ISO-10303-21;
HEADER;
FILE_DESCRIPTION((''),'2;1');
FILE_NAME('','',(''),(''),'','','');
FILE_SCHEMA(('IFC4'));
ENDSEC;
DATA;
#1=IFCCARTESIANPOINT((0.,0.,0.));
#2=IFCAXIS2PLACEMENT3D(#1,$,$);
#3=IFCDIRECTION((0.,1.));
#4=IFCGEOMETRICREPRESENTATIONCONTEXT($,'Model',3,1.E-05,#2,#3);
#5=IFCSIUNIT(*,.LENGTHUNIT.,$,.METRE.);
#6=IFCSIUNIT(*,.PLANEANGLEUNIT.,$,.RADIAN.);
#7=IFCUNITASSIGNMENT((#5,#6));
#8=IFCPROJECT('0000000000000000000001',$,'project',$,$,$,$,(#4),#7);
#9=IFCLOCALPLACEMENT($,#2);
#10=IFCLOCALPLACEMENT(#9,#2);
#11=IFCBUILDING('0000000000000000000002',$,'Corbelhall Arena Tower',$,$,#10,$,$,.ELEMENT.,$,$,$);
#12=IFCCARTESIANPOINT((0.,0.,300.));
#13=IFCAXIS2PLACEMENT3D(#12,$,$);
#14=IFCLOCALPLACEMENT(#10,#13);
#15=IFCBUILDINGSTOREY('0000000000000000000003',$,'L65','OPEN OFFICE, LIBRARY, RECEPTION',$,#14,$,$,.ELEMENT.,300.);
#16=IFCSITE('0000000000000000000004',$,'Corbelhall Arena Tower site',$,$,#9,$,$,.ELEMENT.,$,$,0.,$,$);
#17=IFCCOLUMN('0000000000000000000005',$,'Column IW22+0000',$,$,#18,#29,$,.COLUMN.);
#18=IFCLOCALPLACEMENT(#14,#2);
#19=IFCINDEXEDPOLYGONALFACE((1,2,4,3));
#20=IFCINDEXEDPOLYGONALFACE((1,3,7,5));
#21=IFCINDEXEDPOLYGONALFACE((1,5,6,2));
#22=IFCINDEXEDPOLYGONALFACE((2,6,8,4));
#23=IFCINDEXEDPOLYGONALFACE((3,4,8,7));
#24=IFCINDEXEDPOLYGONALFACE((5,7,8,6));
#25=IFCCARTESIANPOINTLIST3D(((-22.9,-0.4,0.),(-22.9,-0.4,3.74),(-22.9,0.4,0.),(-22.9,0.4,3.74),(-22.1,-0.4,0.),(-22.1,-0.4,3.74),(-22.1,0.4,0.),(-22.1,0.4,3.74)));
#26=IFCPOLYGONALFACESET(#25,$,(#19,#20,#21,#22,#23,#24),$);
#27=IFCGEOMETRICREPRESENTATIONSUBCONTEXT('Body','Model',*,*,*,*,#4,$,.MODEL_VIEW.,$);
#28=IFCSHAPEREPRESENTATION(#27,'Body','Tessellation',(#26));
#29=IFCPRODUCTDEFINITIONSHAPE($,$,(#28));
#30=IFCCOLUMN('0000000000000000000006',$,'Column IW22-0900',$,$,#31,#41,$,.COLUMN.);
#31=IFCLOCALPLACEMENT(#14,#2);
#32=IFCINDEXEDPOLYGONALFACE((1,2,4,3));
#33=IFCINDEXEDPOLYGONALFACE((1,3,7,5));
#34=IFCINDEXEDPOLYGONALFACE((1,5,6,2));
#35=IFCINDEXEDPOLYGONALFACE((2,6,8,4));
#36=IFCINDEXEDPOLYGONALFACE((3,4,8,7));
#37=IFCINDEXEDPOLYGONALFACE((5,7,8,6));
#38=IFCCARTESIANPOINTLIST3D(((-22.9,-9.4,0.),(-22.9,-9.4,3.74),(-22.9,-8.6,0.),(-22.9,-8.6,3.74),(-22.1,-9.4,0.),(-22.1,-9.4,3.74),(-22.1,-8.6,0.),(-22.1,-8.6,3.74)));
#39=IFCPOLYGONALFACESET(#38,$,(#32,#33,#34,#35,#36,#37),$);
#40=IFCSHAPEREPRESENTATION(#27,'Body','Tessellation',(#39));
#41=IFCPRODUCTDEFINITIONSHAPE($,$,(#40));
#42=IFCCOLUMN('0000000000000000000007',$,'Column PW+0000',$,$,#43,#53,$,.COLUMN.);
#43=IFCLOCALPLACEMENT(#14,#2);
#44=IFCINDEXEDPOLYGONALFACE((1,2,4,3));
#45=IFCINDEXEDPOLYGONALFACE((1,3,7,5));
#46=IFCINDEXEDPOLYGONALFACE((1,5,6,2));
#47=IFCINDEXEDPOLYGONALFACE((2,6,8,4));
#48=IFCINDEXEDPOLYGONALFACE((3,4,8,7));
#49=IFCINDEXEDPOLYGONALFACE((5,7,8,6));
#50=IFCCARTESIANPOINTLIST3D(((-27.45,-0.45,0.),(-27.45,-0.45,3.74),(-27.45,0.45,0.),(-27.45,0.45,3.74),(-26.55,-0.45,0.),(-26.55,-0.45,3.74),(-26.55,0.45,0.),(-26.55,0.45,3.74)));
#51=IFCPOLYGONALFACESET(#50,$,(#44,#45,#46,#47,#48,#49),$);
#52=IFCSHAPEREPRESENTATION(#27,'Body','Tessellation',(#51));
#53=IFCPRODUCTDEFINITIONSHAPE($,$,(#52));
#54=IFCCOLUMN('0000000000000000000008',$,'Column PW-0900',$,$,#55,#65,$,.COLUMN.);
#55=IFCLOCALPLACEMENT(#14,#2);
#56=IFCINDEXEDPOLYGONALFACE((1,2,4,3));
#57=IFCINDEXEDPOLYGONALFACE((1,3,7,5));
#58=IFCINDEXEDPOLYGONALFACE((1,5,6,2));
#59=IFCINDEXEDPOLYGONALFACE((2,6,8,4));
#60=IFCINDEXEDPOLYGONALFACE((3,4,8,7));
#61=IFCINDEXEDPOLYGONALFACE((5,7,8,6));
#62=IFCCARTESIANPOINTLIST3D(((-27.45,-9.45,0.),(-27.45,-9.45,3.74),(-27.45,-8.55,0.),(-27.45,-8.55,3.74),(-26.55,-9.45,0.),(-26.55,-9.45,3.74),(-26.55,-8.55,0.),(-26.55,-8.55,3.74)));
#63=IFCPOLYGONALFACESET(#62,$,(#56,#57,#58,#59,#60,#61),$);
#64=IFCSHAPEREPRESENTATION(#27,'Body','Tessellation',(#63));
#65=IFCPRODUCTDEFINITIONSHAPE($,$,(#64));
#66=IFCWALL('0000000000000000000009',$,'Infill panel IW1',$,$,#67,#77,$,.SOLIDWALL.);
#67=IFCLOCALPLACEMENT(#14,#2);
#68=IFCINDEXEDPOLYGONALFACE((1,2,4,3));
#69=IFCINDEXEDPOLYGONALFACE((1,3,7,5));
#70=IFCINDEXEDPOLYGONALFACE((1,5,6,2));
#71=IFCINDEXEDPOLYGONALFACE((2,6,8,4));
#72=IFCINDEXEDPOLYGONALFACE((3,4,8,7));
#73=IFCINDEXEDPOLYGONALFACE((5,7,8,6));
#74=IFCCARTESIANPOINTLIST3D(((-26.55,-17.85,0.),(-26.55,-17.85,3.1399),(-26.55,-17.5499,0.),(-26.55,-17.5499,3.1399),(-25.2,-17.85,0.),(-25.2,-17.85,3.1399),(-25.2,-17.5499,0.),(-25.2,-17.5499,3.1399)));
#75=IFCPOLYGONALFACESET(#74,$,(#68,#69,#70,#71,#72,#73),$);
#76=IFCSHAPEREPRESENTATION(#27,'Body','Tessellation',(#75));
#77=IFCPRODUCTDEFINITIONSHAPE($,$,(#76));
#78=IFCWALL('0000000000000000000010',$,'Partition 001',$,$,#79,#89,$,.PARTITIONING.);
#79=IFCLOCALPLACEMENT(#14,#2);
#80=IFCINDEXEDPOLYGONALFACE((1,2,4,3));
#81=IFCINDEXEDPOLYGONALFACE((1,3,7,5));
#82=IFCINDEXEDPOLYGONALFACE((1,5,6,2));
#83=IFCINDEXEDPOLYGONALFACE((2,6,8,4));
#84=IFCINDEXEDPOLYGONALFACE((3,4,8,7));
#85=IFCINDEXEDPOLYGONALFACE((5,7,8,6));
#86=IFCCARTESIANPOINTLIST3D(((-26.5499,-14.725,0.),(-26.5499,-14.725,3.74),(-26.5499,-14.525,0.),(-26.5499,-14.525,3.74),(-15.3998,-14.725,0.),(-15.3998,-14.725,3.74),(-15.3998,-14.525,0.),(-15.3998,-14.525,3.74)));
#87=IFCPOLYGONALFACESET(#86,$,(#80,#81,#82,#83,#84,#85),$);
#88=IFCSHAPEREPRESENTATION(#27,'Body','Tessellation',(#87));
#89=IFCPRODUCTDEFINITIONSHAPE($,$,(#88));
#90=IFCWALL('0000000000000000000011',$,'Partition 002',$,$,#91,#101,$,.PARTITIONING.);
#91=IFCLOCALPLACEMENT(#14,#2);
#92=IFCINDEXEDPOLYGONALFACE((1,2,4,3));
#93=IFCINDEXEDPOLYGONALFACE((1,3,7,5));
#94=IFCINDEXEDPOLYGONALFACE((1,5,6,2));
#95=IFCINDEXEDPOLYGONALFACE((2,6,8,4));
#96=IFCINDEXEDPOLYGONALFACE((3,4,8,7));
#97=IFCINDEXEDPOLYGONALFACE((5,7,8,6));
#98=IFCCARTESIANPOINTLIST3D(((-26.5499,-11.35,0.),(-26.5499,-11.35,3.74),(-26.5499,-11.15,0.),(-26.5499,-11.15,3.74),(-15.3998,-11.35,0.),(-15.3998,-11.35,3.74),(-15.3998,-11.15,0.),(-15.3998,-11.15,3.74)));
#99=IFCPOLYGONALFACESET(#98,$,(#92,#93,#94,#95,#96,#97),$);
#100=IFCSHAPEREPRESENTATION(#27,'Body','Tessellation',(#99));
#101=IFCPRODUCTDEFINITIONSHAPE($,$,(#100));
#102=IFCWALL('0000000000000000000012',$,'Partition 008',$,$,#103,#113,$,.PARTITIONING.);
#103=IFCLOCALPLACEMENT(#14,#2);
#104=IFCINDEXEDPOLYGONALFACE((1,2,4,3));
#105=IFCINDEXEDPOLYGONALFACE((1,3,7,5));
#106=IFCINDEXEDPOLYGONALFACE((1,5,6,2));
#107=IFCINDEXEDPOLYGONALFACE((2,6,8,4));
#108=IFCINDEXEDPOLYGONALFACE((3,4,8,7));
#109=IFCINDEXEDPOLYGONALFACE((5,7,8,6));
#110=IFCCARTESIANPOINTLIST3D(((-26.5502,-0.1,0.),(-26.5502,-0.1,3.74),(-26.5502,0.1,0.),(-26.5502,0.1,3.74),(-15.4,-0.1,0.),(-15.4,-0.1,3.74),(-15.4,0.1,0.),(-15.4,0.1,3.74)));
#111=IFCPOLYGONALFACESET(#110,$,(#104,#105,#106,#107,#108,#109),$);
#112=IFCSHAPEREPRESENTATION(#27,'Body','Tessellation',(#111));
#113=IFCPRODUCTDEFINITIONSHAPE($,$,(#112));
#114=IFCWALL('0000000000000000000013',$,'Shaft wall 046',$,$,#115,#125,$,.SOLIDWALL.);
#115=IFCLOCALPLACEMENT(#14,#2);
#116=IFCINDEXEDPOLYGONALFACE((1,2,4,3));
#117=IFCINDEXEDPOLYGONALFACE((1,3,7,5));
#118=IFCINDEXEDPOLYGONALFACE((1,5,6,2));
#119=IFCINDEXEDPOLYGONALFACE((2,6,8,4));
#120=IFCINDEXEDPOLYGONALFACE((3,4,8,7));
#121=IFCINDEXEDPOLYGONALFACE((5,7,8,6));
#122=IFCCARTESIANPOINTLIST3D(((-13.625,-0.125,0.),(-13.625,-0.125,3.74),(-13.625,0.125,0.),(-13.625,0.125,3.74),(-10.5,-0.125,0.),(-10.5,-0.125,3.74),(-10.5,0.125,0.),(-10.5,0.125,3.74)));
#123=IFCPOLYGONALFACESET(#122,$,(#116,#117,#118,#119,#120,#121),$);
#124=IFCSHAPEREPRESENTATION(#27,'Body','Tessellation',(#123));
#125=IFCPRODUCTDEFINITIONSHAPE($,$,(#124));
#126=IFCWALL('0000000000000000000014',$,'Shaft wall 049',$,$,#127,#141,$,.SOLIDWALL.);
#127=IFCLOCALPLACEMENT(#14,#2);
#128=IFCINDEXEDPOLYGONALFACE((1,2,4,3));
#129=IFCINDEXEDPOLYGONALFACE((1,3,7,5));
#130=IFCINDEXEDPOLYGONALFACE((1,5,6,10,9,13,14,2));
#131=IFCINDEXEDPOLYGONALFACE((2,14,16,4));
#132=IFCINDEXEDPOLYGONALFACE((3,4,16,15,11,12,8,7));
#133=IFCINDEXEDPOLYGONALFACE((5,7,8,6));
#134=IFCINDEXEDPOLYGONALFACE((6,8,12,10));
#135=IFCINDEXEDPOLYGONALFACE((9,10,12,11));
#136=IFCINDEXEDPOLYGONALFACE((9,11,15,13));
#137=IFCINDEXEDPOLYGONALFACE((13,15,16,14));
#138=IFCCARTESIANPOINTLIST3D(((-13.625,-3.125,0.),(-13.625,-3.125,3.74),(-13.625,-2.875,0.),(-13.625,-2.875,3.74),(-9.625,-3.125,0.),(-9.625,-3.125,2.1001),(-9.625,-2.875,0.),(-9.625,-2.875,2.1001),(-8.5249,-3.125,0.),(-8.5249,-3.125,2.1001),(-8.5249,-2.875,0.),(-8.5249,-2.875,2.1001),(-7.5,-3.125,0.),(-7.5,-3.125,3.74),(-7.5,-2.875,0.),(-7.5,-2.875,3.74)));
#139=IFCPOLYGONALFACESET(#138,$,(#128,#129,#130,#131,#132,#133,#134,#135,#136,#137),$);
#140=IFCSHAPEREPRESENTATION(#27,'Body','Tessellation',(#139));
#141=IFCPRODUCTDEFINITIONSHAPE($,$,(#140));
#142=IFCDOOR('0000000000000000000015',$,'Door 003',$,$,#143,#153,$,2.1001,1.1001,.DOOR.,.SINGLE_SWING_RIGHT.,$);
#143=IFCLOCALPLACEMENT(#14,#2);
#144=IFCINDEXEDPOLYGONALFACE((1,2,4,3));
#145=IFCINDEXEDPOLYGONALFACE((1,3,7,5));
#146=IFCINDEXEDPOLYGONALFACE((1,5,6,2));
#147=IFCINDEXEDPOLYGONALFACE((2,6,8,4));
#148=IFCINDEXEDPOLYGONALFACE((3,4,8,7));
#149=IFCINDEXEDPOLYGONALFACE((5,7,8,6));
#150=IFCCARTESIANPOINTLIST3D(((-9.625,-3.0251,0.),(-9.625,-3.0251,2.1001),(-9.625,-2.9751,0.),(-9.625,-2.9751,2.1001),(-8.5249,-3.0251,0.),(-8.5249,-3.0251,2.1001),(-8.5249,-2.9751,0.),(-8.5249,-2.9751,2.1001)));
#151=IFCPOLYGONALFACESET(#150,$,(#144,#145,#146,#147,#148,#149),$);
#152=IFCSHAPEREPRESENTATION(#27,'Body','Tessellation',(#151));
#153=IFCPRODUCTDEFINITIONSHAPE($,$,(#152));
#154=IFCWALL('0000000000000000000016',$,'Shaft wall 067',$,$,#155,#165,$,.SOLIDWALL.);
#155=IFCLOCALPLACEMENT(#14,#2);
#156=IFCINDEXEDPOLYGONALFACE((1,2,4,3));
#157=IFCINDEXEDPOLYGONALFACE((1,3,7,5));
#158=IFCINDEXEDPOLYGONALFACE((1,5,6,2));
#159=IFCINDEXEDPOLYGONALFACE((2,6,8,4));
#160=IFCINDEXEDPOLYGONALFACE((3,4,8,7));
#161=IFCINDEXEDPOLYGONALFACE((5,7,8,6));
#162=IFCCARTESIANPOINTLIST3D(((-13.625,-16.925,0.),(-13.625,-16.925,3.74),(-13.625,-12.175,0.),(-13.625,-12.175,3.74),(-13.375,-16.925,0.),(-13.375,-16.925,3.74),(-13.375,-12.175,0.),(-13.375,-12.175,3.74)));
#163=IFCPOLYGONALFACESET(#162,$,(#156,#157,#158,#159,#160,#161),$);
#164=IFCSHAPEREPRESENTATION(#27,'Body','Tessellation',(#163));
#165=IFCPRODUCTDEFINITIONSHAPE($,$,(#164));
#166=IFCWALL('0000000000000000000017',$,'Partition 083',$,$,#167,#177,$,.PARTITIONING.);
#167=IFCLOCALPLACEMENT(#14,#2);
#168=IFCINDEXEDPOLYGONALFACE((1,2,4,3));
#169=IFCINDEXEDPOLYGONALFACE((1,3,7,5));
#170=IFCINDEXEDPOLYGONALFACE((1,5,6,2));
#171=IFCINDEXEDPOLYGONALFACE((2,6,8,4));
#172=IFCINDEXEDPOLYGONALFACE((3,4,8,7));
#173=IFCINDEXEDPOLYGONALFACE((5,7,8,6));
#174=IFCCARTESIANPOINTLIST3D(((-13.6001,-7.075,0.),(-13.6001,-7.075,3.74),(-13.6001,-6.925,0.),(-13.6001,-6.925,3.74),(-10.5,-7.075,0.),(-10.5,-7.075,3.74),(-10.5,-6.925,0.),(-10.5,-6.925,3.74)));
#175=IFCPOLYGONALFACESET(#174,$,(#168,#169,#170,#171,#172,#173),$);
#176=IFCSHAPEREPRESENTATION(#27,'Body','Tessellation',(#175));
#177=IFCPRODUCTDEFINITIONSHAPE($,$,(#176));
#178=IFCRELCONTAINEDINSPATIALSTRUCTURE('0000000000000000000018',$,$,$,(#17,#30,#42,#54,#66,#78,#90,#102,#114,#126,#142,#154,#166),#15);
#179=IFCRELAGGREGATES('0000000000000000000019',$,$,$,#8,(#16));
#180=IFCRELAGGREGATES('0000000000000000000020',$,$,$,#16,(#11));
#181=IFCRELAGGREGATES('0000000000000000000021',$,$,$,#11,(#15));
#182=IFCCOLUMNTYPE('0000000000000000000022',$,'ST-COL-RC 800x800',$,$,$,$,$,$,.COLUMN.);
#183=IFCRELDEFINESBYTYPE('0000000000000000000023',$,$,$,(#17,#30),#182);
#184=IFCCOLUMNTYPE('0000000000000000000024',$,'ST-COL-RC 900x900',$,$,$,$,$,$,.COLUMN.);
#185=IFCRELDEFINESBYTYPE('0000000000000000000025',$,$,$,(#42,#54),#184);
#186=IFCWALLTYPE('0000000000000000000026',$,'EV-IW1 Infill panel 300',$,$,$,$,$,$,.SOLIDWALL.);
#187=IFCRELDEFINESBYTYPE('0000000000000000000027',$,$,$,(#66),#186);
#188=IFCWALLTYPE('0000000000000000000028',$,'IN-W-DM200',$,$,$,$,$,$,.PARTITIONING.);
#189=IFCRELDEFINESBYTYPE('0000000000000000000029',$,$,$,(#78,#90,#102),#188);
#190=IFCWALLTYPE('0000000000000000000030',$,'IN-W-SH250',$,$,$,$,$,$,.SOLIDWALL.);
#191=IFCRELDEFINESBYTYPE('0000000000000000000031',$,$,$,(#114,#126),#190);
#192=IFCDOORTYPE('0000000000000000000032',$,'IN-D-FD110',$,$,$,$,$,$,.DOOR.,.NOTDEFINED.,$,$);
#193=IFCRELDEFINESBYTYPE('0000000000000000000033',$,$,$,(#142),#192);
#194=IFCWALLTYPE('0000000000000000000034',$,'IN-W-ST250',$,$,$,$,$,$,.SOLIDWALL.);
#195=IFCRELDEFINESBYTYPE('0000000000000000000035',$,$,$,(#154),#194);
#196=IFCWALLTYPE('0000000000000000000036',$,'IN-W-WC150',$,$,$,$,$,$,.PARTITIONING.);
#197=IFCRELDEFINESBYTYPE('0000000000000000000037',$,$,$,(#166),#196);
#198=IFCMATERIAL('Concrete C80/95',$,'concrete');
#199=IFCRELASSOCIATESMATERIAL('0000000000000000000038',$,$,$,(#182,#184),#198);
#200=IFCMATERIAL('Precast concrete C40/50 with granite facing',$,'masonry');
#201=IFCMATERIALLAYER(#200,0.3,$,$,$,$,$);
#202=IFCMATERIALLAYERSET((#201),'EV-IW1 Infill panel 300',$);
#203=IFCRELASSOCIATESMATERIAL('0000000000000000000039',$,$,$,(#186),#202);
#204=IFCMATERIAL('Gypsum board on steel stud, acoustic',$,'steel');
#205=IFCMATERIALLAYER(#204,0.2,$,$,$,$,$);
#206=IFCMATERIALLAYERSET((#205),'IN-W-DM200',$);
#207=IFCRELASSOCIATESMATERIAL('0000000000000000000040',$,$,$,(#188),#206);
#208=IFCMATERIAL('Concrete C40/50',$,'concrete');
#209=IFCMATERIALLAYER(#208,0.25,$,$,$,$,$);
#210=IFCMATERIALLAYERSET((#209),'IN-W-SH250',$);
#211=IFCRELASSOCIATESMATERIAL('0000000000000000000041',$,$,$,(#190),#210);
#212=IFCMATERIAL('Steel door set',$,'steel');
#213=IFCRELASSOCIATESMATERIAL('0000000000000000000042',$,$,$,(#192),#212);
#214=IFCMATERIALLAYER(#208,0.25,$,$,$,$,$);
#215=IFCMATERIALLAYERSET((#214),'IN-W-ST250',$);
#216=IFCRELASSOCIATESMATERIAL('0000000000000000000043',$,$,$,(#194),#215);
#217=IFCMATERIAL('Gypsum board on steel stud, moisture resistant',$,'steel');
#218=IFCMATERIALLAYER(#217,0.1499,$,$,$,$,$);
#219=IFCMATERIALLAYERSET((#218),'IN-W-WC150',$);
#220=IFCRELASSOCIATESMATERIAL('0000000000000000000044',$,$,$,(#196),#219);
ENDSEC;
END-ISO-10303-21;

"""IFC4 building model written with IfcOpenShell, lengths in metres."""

from ifc_helpers import new_model, si_unit, direction, frame, frame_2d, origin, origin_2d, place, context, subcontext, project, spatial, rectangle, extrude, material, layer, layer_set, material_profile, profile_set, type_object, element, fill, save


model = new_model("IFC4")

# Units and contexts
model_context = context("Model", 3, precision=1e-05, world=origin(), true_north=direction((0.0, 1.0)))
body_context = subcontext(model_context, "Body", "Model", "MODEL_VIEW")
ifc_project = project(units=[si_unit("LENGTHUNIT", "METRE"), si_unit("PLANEANGLEUNIT", "RADIAN")], contexts=[model_context])

# Site, building, storey
site_placement = place(None, origin())
site = spatial("IfcSite", under=ifc_project, at=site_placement, Name="Corbelhall Arena Tower site", CompositionType="ELEMENT", RefElevation=0.0)
building_placement = place(site_placement, origin())
building = spatial("IfcBuilding", under=site, at=building_placement, Name="Corbelhall Arena Tower", CompositionType="ELEMENT")
storey_placement = place(building_placement, frame((0.0, 0.0, 300.0)))
storey = spatial("IfcBuildingStorey", under=building, at=storey_placement, Name="L65", Description="OPEN OFFICE, LIBRARY, RECEPTION", CompositionType="ELEMENT", Elevation=300.0)

# Columns
ifc_material_1 = material(Name="Concrete C80/95", Category="concrete")
ifc_material_profile_1 = material_profile(ifc_material_1, rectangle(XDim=0.8, YDim=0.8, at=origin_2d()))
ifc_profile_set_1 = profile_set([ifc_material_profile_1], Name="Concrete C80/95")
column_type_1 = type_object("IfcColumnType", Name="ST-COL-RC 800x800", PredefinedType="COLUMN", material=ifc_profile_set_1)
for number, where, z_axis, x_axis, name in (
    (1, (-22.5, 0.0, 0.0), (0.0, 0.0, 1.0), (1.0, 0.0, 0.0), "Column IW22+0000"),
    (2, (-22.5, -9.0, 0.0), (0.0, 0.0, 1.0), (1.0, 0.0, 0.0), "Column IW22-0900"),
):
    element("IfcColumn", number, at=place(storey_placement, frame(where, z_axis=z_axis, x_axis=x_axis)), inside=storey, type_object=column_type_1, Name=name, PredefinedType="COLUMN", context=body_context, shape_type="SweptSolid", body=[
        extrude(rectangle(XDim=0.8, YDim=0.8, at=origin_2d()), origin(), (0.0, 0.0, 1.0), 3.74),
    ])
ifc_material_profile_2 = material_profile(ifc_material_1, rectangle(XDim=0.8999, YDim=0.8999, at=origin_2d()))
ifc_profile_set_2 = profile_set([ifc_material_profile_2], Name="Concrete C80/95")
column_type_2 = type_object("IfcColumnType", Name="ST-COL-RC 900x900", PredefinedType="COLUMN", material=ifc_profile_set_2)
for number, where, z_axis, x_axis, name in (
    (3, (-27.0, 0.0, 0.0), (0.0, 0.0, 1.0), (0.0, 1.0, 0.0), "Column PW+0000"),
    (4, (-27.0, -9.0, 0.0), (0.0, 0.0, 1.0), (0.0, 1.0, 0.0), "Column PW-0900"),
):
    element("IfcColumn", number, at=place(storey_placement, frame(where, z_axis=z_axis, x_axis=x_axis)), inside=storey, type_object=column_type_2, Name=name, PredefinedType="COLUMN", context=body_context, shape_type="SweptSolid", body=[
        extrude(rectangle(XDim=0.8999, YDim=0.8999, at=origin_2d()), origin(), (0.0, 0.0, 1.0), 3.74),
    ])

# Shared definitions
ifc_material_2 = material(Name="Precast concrete C40/50 with granite facing", Category="masonry")
ifc_layer_1 = layer(ifc_material_2, 0.3)
ifc_layer_set_1 = layer_set([ifc_layer_1], Name="EV-IW1 Infill panel 300")
wall_type_1 = type_object("IfcWallType", Name="EV-IW1 Infill panel 300", PredefinedType="SOLIDWALL", material=ifc_layer_set_1)

# Walls
wall_1_placement = place(storey_placement, frame((-26.55, -17.7, 0.0), z_axis=(0.0, 0.0, 1.0), x_axis=(1.0, 0.0, 0.0)))
element("IfcWall", 5, at=wall_1_placement, inside=storey, type_object=wall_type_1, Name="Infill panel IW1", PredefinedType="SOLIDWALL", context=body_context, shape_type="SweptSolid", body=[
    extrude(rectangle(XDim=1.3501, YDim=0.3, at=frame_2d((0.675, 0.0))), origin(), (0.0, 0.0, 1.0), 3.1399),
])
ifc_material_3 = material(Name="Gypsum board on steel stud, acoustic", Category="steel")
ifc_layer_2 = layer(ifc_material_3, 0.2)
ifc_layer_set_2 = layer_set([ifc_layer_2], Name="IN-W-DM200")
wall_type_2 = type_object("IfcWallType", Name="IN-W-DM200", PredefinedType="PARTITIONING", material=ifc_layer_set_2)
for number, where, z_axis, x_axis, name in (
    (6, (-26.55, -14.625, 0.0), (0.0, 0.0, 1.0), (1.0, 0.0, 0.0), "Partition 001"),
    (7, (-26.55, -11.25, 0.0), (0.0, 0.0, 1.0), (1.0, 0.0, 0.0), "Partition 002"),
):
    element("IfcWall", number, at=place(storey_placement, frame(where, z_axis=z_axis, x_axis=x_axis)), inside=storey, type_object=wall_type_2, Name=name, PredefinedType="PARTITIONING", context=body_context, shape_type="SweptSolid", body=[
        extrude(rectangle(XDim=11.1501, YDim=0.2, at=frame_2d((5.5752, 0.0))), origin(), (0.0, 0.0, 1.0), 3.74),
    ])

# Shared definitions
ifc_material_4 = material(Name="Steel door set", Category="steel")

# Wall
wall_2_placement = place(storey_placement, frame((-15.3999, 0.0, 0.0), z_axis=(0.0, 0.0, 1.0), x_axis=(-1.0, 0.0, 0.0)))
element("IfcWall", 8, at=wall_2_placement, inside=storey, type_object=wall_type_2, Name="Partition 008", PredefinedType="PARTITIONING", context=body_context, shape_type="SweptSolid", body=[
    extrude(rectangle(XDim=11.1501, YDim=0.2, at=frame_2d((5.5752, 0.0))), origin(), (0.0, 0.0, 1.0), 3.74),
])

# Wall
ifc_material_5 = material(Name="Concrete C40/50", Category="concrete")
ifc_layer_3 = layer(ifc_material_5, 0.25)
ifc_layer_set_3 = layer_set([ifc_layer_3], Name="IN-W-SH250")
wall_type_3 = type_object("IfcWallType", Name="IN-W-SH250", PredefinedType="SOLIDWALL", material=ifc_layer_set_3)
wall_3_placement = place(storey_placement, frame((-13.625, 0.0, 0.0), z_axis=(0.0, 0.0, 1.0), x_axis=(1.0, 0.0, 0.0)))
element("IfcWall", 9, at=wall_3_placement, inside=storey, type_object=wall_type_3, Name="Shaft wall 046", PredefinedType="SOLIDWALL", context=body_context, shape_type="SweptSolid", body=[
    extrude(rectangle(XDim=3.125, YDim=0.25, at=frame_2d((1.5625, 0.0))), origin(), (0.0, 0.0, 1.0), 3.74),
])

# Wall, opening, door
wall_4_placement = place(storey_placement, frame((-13.625, -3.0, 0.0), z_axis=(0.0, 0.0, 1.0), x_axis=(1.0, 0.0, 0.0)))
wall_4 = element("IfcWall", 10, at=wall_4_placement, inside=storey, type_object=wall_type_3, Name="Shaft wall 049", PredefinedType="SOLIDWALL", context=body_context, shape_type="SweptSolid", body=[
    extrude(rectangle(XDim=6.125, YDim=0.25, at=frame_2d((3.0625, 0.0))), origin(), (0.0, 0.0, 1.0), 3.74),
])
opening_1_placement = place(wall_4_placement, frame((4.0, 0.0, 0.0)))
opening_1 = element("IfcOpeningElement", 11, at=opening_1_placement, cuts=wall_4, PredefinedType="OPENING", context=body_context, shape_type="SweptSolid", body=[
    extrude(rectangle(XDim=1.1001, YDim=2.1001, at=frame_2d((0.55, 1.05))), frame((0.0, 0.125, 0.0), z_axis=(0.0, -1.0, 0.0), x_axis=(1.0, 0.0, 0.0)), (0.0, 0.0, 1.0), 0.25),
])
door_type_1 = type_object("IfcDoorType", Name="IN-D-FD110", OperationType="NOTDEFINED", PredefinedType="DOOR", material=ifc_material_4)
door_1_placement = place(opening_1_placement, origin())
door_1 = element("IfcDoor", 12, at=door_1_placement, inside=storey, type_object=door_type_1, Name="Door 003", OperationType="SINGLE_SWING_RIGHT", OverallHeight=2.1001, OverallWidth=1.1001, PredefinedType="DOOR", context=body_context, shape_type="SweptSolid", body=[
    extrude(rectangle(XDim=1.1001, YDim=2.1001, at=frame_2d((0.55, 1.05))), frame((0.0, 0.0249, 0.0), z_axis=(0.0, -1.0, 0.0), x_axis=(1.0, 0.0, 0.0)), (0.0, 0.0, 1.0), 0.05),
])
fill(opening_1, door_1)

# Walls
ifc_layer_4 = layer(ifc_material_5, 0.25)
ifc_layer_set_4 = layer_set([ifc_layer_4], Name="IN-W-ST250")
wall_type_4 = type_object("IfcWallType", Name="IN-W-ST250", PredefinedType="SOLIDWALL", material=ifc_layer_set_4)
wall_5_placement = place(storey_placement, frame((-13.5, -12.175, 0.0), z_axis=(0.0, 0.0, 1.0), x_axis=(0.0, -1.0, 0.0)))
element("IfcWall", 13, at=wall_5_placement, inside=storey, type_object=wall_type_4, Name="Shaft wall 067", PredefinedType="SOLIDWALL", context=body_context, shape_type="SweptSolid", body=[
    extrude(rectangle(XDim=4.75, YDim=0.25, at=frame_2d((2.375, 0.0))), origin(), (0.0, 0.0, 1.0), 3.74),
])
ifc_material_6 = material(Name="Gypsum board on steel stud, moisture resistant", Category="steel")
ifc_layer_5 = layer(ifc_material_6, 0.1499)
ifc_layer_set_5 = layer_set([ifc_layer_5], Name="IN-W-WC150")
wall_type_5 = type_object("IfcWallType", Name="IN-W-WC150", PredefinedType="PARTITIONING", material=ifc_layer_set_5)
wall_6_placement = place(storey_placement, frame((-13.6001, -7.0, 0.0), z_axis=(0.0, 0.0, 1.0), x_axis=(1.0, 0.0, 0.0)))
element("IfcWall", 14, at=wall_6_placement, inside=storey, type_object=wall_type_5, Name="Partition 083", PredefinedType="PARTITIONING", context=body_context, shape_type="SweptSolid", body=[
    extrude(rectangle(XDim=3.1001, YDim=0.1499, at=frame_2d((1.55, 0.0))), origin(), (0.0, 0.0, 1.0), 3.74),
])

save(model, "model.ifc")
